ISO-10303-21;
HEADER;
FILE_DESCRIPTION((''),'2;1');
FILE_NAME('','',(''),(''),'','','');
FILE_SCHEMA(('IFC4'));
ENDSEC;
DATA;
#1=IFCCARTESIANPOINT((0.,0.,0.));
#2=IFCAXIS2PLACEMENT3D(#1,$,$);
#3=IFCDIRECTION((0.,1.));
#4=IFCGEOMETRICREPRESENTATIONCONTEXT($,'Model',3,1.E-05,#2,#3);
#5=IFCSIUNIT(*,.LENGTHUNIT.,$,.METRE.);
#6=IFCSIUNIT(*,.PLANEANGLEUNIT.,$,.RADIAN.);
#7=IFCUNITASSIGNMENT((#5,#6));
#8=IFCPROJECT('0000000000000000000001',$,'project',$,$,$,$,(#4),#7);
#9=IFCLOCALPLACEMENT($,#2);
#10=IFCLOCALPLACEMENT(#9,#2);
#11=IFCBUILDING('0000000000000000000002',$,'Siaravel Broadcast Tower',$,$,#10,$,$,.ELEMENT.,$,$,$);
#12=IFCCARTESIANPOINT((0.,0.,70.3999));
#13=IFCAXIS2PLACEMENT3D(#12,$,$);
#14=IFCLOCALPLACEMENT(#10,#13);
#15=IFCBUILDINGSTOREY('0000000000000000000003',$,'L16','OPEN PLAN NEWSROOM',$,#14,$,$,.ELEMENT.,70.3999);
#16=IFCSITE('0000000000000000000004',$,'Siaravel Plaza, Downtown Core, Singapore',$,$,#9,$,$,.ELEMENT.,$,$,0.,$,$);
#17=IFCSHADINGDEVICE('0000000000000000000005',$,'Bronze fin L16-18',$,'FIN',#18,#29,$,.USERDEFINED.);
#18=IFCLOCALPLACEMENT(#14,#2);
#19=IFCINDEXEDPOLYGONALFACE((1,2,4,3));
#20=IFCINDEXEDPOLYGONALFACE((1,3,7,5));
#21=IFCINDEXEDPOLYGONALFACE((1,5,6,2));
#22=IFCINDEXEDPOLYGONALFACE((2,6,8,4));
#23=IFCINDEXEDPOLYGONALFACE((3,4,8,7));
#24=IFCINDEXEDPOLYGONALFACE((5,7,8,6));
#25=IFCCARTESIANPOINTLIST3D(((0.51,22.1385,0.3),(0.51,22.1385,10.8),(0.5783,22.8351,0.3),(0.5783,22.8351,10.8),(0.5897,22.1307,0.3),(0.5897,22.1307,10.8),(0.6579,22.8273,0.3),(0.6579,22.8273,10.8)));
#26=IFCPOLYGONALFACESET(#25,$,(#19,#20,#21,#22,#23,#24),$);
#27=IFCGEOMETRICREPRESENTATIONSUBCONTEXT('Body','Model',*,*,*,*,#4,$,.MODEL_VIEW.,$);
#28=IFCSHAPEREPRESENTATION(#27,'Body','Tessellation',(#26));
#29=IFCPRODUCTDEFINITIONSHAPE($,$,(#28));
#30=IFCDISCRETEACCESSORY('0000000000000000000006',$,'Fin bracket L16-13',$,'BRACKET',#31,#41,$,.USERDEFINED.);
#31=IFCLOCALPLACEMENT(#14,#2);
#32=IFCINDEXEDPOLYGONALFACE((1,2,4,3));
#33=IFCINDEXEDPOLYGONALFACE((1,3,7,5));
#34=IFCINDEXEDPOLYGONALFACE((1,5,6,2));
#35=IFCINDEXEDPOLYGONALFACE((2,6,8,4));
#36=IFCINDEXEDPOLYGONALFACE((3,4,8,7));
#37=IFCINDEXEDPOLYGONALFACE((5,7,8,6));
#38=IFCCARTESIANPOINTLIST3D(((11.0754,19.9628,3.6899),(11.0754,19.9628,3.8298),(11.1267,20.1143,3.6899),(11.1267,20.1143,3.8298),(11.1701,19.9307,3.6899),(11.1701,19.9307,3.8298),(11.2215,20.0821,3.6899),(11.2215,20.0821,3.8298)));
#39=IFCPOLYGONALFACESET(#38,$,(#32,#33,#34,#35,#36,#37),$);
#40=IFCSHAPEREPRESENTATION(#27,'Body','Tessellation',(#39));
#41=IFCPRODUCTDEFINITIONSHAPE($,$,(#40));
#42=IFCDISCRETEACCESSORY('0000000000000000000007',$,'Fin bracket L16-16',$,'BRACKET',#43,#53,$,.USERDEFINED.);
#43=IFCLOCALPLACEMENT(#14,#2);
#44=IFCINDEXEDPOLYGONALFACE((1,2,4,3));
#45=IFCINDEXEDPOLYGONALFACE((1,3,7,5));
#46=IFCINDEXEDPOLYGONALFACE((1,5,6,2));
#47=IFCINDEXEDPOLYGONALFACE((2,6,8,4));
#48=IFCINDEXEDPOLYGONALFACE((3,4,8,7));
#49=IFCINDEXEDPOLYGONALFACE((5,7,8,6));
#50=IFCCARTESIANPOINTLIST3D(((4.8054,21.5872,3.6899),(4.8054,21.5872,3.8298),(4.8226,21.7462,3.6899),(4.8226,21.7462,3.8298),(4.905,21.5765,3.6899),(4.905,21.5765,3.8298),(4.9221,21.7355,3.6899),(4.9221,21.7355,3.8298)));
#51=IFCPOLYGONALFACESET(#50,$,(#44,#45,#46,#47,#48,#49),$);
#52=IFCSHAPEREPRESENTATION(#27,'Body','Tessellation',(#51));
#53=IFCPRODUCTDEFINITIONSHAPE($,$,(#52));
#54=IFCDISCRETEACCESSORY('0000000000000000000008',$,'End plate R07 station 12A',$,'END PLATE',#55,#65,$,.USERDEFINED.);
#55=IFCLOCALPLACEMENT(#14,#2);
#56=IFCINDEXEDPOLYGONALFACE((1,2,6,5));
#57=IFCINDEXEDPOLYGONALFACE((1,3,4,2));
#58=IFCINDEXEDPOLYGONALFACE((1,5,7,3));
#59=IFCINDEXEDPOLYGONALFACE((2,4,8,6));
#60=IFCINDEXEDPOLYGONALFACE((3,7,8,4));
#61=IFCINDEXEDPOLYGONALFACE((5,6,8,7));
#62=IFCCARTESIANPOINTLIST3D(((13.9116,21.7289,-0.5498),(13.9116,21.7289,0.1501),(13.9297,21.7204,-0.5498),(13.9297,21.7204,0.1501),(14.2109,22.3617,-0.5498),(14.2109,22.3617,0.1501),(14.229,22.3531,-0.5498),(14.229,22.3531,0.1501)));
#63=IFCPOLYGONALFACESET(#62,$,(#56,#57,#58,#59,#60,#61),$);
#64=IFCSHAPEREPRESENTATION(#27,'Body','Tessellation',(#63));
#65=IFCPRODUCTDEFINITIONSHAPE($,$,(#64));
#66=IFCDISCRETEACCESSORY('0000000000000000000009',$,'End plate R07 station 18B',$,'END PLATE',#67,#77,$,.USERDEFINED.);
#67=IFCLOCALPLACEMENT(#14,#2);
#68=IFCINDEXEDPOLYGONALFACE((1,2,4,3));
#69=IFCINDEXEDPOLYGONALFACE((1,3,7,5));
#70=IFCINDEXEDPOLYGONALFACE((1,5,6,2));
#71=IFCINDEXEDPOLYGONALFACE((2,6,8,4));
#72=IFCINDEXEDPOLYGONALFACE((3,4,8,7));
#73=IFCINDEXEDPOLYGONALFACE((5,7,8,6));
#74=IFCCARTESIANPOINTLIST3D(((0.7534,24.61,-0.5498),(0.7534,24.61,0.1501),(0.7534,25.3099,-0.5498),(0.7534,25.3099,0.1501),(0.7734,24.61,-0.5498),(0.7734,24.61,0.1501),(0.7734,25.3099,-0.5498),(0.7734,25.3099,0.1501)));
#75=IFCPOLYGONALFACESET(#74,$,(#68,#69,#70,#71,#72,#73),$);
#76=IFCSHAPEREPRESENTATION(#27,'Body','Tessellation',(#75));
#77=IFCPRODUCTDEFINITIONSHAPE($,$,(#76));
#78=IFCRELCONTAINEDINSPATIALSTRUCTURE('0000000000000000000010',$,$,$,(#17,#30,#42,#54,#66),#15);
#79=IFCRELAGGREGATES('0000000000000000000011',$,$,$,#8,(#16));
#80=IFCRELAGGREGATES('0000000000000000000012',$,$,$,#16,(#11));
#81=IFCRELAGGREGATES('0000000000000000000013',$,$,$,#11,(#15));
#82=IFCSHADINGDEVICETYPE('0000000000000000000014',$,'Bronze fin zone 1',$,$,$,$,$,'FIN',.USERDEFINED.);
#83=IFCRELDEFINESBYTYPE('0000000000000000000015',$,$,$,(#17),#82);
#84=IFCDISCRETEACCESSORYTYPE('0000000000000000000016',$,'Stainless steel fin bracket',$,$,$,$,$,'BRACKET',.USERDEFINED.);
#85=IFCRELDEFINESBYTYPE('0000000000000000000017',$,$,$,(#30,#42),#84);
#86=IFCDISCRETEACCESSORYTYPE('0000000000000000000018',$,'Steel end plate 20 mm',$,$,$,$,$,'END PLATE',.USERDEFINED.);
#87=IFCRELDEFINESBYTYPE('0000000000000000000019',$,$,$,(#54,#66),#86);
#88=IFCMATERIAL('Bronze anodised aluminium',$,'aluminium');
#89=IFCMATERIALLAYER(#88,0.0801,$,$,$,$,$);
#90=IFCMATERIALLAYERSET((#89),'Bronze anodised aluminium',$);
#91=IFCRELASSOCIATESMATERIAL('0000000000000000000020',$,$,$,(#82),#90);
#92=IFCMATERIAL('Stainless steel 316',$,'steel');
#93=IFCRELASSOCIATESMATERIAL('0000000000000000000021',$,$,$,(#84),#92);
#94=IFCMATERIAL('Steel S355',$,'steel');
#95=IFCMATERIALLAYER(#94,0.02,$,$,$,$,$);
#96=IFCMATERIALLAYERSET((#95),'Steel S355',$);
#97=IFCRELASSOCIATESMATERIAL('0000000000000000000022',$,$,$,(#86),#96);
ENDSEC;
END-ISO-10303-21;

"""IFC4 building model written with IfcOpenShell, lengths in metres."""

from ifc_helpers import new_model, si_unit, direction, frame, origin, origin_2d, place, context, subcontext, project, spatial, rectangle, extrude, material, layer, layer_set, type_object, element, save


model = new_model("IFC4")

# Units and contexts
model_context = context("Model", 3, precision=1e-05, world=origin(), true_north=direction((0.0, 1.0)))
body_context = subcontext(model_context, "Body", "Model", "MODEL_VIEW")
ifc_project = project(units=[si_unit("LENGTHUNIT", "METRE"), si_unit("PLANEANGLEUNIT", "RADIAN")], contexts=[model_context])

# Site, building, storey
site_placement = place(None, origin())
site = spatial("IfcSite", under=ifc_project, at=site_placement, Name="Siaravel Plaza, Downtown Core, Singapore", CompositionType="ELEMENT", RefElevation=0.0)
building_placement = place(site_placement, origin())
building = spatial("IfcBuilding", under=site, at=building_placement, Name="Siaravel Broadcast Tower", CompositionType="ELEMENT")
storey_placement = place(building_placement, frame((0.0, 0.0, 70.3999)))
storey = spatial("IfcBuildingStorey", under=building, at=storey_placement, Name="L16", Description="OPEN PLAN NEWSROOM", CompositionType="ELEMENT", Elevation=70.3999)

# Shared definitions
ifc_material_1 = material(Name="Steel S355", Category="steel")

# Shading device
ifc_material_2 = material(Name="Bronze anodised aluminium", Category="aluminium")
ifc_layer_1 = layer(ifc_material_2, 0.0801)
ifc_layer_set_1 = layer_set([ifc_layer_1], Name="Bronze anodised aluminium")
shading_device_type = type_object("IfcShadingDeviceType", Name="Bronze fin zone 1", ElementType="FIN", PredefinedType="USERDEFINED", material=ifc_layer_set_1)
for number, where, z_axis, x_axis, name in (
    (1, (0.584, 22.4829, 0.3), (0.0, 0.0, 1.0), (0.097477, 0.995238, 0.0), "Bronze fin L16-18"),
):
    element("IfcShadingDevice", number, at=place(storey_placement, frame(where, z_axis=z_axis, x_axis=x_axis)), inside=storey, type_object=shading_device_type, Name=name, ObjectType="FIN", PredefinedType="USERDEFINED", context=body_context, shape_type="SweptSolid", body=[
        extrude(rectangle(XDim=0.7, YDim=0.0801, at=origin_2d()), origin(), (0.0, 0.0, 1.0), 10.5),
    ])

# Discrete accessories
ifc_material_3 = material(Name="Stainless steel 316", Category="steel")
discrete_accessory_type_1 = type_object("IfcDiscreteAccessoryType", Name="Stainless steel fin bracket", ElementType="BRACKET", PredefinedType="USERDEFINED", material=ifc_material_3)
for number, where, z_axis, x_axis, name in (
    (2, (11.1484, 20.0225, 3.6899), (0.0, 0.0, 1.0), (0.321301, 0.946977, 0.0), "Fin bracket L16-13"),
    (3, (4.8638, 21.6614, 3.6899), (0.0, 0.0, 1.0), (0.107219, 0.994235, 0.0), "Fin bracket L16-16"),
):
    element("IfcDiscreteAccessory", number, at=place(storey_placement, frame(where, z_axis=z_axis, x_axis=x_axis)), inside=storey, type_object=discrete_accessory_type_1, Name=name, ObjectType="BRACKET", PredefinedType="USERDEFINED", context=body_context, shape_type="SweptSolid", body=[
        extrude(rectangle(XDim=0.1599, YDim=0.1001, at=origin_2d()), origin(), (0.0, 0.0, 1.0), 0.1399),
    ])
ifc_layer_2 = layer(ifc_material_1, 0.02)
ifc_layer_set_2 = layer_set([ifc_layer_2], Name="Steel S355")
discrete_accessory_type_2 = type_object("IfcDiscreteAccessoryType", Name="Steel end plate 20 mm", ElementType="END PLATE", PredefinedType="USERDEFINED", material=ifc_layer_set_2)
for number, where, z_axis, x_axis, name in (
    (4, (14.0703, 22.041, -0.5498), (0.0, 0.0, 1.0), (-0.904007, 0.427517, 0.0), "End plate R07 station 12A"),
    (5, (0.7634, 24.96, -0.5498), (0.0, 0.0, 1.0), (-1.0, 0.0, 0.0), "End plate R07 station 18B"),
):
    element("IfcDiscreteAccessory", number, at=place(storey_placement, frame(where, z_axis=z_axis, x_axis=x_axis)), inside=storey, type_object=discrete_accessory_type_2, Name=name, ObjectType="END PLATE", PredefinedType="USERDEFINED", context=body_context, shape_type="SweptSolid", body=[
        extrude(rectangle(XDim=0.02, YDim=0.7, at=origin_2d()), origin(), (0.0, 0.0, 1.0), 0.7),
    ])

save(model, "model.ifc")
